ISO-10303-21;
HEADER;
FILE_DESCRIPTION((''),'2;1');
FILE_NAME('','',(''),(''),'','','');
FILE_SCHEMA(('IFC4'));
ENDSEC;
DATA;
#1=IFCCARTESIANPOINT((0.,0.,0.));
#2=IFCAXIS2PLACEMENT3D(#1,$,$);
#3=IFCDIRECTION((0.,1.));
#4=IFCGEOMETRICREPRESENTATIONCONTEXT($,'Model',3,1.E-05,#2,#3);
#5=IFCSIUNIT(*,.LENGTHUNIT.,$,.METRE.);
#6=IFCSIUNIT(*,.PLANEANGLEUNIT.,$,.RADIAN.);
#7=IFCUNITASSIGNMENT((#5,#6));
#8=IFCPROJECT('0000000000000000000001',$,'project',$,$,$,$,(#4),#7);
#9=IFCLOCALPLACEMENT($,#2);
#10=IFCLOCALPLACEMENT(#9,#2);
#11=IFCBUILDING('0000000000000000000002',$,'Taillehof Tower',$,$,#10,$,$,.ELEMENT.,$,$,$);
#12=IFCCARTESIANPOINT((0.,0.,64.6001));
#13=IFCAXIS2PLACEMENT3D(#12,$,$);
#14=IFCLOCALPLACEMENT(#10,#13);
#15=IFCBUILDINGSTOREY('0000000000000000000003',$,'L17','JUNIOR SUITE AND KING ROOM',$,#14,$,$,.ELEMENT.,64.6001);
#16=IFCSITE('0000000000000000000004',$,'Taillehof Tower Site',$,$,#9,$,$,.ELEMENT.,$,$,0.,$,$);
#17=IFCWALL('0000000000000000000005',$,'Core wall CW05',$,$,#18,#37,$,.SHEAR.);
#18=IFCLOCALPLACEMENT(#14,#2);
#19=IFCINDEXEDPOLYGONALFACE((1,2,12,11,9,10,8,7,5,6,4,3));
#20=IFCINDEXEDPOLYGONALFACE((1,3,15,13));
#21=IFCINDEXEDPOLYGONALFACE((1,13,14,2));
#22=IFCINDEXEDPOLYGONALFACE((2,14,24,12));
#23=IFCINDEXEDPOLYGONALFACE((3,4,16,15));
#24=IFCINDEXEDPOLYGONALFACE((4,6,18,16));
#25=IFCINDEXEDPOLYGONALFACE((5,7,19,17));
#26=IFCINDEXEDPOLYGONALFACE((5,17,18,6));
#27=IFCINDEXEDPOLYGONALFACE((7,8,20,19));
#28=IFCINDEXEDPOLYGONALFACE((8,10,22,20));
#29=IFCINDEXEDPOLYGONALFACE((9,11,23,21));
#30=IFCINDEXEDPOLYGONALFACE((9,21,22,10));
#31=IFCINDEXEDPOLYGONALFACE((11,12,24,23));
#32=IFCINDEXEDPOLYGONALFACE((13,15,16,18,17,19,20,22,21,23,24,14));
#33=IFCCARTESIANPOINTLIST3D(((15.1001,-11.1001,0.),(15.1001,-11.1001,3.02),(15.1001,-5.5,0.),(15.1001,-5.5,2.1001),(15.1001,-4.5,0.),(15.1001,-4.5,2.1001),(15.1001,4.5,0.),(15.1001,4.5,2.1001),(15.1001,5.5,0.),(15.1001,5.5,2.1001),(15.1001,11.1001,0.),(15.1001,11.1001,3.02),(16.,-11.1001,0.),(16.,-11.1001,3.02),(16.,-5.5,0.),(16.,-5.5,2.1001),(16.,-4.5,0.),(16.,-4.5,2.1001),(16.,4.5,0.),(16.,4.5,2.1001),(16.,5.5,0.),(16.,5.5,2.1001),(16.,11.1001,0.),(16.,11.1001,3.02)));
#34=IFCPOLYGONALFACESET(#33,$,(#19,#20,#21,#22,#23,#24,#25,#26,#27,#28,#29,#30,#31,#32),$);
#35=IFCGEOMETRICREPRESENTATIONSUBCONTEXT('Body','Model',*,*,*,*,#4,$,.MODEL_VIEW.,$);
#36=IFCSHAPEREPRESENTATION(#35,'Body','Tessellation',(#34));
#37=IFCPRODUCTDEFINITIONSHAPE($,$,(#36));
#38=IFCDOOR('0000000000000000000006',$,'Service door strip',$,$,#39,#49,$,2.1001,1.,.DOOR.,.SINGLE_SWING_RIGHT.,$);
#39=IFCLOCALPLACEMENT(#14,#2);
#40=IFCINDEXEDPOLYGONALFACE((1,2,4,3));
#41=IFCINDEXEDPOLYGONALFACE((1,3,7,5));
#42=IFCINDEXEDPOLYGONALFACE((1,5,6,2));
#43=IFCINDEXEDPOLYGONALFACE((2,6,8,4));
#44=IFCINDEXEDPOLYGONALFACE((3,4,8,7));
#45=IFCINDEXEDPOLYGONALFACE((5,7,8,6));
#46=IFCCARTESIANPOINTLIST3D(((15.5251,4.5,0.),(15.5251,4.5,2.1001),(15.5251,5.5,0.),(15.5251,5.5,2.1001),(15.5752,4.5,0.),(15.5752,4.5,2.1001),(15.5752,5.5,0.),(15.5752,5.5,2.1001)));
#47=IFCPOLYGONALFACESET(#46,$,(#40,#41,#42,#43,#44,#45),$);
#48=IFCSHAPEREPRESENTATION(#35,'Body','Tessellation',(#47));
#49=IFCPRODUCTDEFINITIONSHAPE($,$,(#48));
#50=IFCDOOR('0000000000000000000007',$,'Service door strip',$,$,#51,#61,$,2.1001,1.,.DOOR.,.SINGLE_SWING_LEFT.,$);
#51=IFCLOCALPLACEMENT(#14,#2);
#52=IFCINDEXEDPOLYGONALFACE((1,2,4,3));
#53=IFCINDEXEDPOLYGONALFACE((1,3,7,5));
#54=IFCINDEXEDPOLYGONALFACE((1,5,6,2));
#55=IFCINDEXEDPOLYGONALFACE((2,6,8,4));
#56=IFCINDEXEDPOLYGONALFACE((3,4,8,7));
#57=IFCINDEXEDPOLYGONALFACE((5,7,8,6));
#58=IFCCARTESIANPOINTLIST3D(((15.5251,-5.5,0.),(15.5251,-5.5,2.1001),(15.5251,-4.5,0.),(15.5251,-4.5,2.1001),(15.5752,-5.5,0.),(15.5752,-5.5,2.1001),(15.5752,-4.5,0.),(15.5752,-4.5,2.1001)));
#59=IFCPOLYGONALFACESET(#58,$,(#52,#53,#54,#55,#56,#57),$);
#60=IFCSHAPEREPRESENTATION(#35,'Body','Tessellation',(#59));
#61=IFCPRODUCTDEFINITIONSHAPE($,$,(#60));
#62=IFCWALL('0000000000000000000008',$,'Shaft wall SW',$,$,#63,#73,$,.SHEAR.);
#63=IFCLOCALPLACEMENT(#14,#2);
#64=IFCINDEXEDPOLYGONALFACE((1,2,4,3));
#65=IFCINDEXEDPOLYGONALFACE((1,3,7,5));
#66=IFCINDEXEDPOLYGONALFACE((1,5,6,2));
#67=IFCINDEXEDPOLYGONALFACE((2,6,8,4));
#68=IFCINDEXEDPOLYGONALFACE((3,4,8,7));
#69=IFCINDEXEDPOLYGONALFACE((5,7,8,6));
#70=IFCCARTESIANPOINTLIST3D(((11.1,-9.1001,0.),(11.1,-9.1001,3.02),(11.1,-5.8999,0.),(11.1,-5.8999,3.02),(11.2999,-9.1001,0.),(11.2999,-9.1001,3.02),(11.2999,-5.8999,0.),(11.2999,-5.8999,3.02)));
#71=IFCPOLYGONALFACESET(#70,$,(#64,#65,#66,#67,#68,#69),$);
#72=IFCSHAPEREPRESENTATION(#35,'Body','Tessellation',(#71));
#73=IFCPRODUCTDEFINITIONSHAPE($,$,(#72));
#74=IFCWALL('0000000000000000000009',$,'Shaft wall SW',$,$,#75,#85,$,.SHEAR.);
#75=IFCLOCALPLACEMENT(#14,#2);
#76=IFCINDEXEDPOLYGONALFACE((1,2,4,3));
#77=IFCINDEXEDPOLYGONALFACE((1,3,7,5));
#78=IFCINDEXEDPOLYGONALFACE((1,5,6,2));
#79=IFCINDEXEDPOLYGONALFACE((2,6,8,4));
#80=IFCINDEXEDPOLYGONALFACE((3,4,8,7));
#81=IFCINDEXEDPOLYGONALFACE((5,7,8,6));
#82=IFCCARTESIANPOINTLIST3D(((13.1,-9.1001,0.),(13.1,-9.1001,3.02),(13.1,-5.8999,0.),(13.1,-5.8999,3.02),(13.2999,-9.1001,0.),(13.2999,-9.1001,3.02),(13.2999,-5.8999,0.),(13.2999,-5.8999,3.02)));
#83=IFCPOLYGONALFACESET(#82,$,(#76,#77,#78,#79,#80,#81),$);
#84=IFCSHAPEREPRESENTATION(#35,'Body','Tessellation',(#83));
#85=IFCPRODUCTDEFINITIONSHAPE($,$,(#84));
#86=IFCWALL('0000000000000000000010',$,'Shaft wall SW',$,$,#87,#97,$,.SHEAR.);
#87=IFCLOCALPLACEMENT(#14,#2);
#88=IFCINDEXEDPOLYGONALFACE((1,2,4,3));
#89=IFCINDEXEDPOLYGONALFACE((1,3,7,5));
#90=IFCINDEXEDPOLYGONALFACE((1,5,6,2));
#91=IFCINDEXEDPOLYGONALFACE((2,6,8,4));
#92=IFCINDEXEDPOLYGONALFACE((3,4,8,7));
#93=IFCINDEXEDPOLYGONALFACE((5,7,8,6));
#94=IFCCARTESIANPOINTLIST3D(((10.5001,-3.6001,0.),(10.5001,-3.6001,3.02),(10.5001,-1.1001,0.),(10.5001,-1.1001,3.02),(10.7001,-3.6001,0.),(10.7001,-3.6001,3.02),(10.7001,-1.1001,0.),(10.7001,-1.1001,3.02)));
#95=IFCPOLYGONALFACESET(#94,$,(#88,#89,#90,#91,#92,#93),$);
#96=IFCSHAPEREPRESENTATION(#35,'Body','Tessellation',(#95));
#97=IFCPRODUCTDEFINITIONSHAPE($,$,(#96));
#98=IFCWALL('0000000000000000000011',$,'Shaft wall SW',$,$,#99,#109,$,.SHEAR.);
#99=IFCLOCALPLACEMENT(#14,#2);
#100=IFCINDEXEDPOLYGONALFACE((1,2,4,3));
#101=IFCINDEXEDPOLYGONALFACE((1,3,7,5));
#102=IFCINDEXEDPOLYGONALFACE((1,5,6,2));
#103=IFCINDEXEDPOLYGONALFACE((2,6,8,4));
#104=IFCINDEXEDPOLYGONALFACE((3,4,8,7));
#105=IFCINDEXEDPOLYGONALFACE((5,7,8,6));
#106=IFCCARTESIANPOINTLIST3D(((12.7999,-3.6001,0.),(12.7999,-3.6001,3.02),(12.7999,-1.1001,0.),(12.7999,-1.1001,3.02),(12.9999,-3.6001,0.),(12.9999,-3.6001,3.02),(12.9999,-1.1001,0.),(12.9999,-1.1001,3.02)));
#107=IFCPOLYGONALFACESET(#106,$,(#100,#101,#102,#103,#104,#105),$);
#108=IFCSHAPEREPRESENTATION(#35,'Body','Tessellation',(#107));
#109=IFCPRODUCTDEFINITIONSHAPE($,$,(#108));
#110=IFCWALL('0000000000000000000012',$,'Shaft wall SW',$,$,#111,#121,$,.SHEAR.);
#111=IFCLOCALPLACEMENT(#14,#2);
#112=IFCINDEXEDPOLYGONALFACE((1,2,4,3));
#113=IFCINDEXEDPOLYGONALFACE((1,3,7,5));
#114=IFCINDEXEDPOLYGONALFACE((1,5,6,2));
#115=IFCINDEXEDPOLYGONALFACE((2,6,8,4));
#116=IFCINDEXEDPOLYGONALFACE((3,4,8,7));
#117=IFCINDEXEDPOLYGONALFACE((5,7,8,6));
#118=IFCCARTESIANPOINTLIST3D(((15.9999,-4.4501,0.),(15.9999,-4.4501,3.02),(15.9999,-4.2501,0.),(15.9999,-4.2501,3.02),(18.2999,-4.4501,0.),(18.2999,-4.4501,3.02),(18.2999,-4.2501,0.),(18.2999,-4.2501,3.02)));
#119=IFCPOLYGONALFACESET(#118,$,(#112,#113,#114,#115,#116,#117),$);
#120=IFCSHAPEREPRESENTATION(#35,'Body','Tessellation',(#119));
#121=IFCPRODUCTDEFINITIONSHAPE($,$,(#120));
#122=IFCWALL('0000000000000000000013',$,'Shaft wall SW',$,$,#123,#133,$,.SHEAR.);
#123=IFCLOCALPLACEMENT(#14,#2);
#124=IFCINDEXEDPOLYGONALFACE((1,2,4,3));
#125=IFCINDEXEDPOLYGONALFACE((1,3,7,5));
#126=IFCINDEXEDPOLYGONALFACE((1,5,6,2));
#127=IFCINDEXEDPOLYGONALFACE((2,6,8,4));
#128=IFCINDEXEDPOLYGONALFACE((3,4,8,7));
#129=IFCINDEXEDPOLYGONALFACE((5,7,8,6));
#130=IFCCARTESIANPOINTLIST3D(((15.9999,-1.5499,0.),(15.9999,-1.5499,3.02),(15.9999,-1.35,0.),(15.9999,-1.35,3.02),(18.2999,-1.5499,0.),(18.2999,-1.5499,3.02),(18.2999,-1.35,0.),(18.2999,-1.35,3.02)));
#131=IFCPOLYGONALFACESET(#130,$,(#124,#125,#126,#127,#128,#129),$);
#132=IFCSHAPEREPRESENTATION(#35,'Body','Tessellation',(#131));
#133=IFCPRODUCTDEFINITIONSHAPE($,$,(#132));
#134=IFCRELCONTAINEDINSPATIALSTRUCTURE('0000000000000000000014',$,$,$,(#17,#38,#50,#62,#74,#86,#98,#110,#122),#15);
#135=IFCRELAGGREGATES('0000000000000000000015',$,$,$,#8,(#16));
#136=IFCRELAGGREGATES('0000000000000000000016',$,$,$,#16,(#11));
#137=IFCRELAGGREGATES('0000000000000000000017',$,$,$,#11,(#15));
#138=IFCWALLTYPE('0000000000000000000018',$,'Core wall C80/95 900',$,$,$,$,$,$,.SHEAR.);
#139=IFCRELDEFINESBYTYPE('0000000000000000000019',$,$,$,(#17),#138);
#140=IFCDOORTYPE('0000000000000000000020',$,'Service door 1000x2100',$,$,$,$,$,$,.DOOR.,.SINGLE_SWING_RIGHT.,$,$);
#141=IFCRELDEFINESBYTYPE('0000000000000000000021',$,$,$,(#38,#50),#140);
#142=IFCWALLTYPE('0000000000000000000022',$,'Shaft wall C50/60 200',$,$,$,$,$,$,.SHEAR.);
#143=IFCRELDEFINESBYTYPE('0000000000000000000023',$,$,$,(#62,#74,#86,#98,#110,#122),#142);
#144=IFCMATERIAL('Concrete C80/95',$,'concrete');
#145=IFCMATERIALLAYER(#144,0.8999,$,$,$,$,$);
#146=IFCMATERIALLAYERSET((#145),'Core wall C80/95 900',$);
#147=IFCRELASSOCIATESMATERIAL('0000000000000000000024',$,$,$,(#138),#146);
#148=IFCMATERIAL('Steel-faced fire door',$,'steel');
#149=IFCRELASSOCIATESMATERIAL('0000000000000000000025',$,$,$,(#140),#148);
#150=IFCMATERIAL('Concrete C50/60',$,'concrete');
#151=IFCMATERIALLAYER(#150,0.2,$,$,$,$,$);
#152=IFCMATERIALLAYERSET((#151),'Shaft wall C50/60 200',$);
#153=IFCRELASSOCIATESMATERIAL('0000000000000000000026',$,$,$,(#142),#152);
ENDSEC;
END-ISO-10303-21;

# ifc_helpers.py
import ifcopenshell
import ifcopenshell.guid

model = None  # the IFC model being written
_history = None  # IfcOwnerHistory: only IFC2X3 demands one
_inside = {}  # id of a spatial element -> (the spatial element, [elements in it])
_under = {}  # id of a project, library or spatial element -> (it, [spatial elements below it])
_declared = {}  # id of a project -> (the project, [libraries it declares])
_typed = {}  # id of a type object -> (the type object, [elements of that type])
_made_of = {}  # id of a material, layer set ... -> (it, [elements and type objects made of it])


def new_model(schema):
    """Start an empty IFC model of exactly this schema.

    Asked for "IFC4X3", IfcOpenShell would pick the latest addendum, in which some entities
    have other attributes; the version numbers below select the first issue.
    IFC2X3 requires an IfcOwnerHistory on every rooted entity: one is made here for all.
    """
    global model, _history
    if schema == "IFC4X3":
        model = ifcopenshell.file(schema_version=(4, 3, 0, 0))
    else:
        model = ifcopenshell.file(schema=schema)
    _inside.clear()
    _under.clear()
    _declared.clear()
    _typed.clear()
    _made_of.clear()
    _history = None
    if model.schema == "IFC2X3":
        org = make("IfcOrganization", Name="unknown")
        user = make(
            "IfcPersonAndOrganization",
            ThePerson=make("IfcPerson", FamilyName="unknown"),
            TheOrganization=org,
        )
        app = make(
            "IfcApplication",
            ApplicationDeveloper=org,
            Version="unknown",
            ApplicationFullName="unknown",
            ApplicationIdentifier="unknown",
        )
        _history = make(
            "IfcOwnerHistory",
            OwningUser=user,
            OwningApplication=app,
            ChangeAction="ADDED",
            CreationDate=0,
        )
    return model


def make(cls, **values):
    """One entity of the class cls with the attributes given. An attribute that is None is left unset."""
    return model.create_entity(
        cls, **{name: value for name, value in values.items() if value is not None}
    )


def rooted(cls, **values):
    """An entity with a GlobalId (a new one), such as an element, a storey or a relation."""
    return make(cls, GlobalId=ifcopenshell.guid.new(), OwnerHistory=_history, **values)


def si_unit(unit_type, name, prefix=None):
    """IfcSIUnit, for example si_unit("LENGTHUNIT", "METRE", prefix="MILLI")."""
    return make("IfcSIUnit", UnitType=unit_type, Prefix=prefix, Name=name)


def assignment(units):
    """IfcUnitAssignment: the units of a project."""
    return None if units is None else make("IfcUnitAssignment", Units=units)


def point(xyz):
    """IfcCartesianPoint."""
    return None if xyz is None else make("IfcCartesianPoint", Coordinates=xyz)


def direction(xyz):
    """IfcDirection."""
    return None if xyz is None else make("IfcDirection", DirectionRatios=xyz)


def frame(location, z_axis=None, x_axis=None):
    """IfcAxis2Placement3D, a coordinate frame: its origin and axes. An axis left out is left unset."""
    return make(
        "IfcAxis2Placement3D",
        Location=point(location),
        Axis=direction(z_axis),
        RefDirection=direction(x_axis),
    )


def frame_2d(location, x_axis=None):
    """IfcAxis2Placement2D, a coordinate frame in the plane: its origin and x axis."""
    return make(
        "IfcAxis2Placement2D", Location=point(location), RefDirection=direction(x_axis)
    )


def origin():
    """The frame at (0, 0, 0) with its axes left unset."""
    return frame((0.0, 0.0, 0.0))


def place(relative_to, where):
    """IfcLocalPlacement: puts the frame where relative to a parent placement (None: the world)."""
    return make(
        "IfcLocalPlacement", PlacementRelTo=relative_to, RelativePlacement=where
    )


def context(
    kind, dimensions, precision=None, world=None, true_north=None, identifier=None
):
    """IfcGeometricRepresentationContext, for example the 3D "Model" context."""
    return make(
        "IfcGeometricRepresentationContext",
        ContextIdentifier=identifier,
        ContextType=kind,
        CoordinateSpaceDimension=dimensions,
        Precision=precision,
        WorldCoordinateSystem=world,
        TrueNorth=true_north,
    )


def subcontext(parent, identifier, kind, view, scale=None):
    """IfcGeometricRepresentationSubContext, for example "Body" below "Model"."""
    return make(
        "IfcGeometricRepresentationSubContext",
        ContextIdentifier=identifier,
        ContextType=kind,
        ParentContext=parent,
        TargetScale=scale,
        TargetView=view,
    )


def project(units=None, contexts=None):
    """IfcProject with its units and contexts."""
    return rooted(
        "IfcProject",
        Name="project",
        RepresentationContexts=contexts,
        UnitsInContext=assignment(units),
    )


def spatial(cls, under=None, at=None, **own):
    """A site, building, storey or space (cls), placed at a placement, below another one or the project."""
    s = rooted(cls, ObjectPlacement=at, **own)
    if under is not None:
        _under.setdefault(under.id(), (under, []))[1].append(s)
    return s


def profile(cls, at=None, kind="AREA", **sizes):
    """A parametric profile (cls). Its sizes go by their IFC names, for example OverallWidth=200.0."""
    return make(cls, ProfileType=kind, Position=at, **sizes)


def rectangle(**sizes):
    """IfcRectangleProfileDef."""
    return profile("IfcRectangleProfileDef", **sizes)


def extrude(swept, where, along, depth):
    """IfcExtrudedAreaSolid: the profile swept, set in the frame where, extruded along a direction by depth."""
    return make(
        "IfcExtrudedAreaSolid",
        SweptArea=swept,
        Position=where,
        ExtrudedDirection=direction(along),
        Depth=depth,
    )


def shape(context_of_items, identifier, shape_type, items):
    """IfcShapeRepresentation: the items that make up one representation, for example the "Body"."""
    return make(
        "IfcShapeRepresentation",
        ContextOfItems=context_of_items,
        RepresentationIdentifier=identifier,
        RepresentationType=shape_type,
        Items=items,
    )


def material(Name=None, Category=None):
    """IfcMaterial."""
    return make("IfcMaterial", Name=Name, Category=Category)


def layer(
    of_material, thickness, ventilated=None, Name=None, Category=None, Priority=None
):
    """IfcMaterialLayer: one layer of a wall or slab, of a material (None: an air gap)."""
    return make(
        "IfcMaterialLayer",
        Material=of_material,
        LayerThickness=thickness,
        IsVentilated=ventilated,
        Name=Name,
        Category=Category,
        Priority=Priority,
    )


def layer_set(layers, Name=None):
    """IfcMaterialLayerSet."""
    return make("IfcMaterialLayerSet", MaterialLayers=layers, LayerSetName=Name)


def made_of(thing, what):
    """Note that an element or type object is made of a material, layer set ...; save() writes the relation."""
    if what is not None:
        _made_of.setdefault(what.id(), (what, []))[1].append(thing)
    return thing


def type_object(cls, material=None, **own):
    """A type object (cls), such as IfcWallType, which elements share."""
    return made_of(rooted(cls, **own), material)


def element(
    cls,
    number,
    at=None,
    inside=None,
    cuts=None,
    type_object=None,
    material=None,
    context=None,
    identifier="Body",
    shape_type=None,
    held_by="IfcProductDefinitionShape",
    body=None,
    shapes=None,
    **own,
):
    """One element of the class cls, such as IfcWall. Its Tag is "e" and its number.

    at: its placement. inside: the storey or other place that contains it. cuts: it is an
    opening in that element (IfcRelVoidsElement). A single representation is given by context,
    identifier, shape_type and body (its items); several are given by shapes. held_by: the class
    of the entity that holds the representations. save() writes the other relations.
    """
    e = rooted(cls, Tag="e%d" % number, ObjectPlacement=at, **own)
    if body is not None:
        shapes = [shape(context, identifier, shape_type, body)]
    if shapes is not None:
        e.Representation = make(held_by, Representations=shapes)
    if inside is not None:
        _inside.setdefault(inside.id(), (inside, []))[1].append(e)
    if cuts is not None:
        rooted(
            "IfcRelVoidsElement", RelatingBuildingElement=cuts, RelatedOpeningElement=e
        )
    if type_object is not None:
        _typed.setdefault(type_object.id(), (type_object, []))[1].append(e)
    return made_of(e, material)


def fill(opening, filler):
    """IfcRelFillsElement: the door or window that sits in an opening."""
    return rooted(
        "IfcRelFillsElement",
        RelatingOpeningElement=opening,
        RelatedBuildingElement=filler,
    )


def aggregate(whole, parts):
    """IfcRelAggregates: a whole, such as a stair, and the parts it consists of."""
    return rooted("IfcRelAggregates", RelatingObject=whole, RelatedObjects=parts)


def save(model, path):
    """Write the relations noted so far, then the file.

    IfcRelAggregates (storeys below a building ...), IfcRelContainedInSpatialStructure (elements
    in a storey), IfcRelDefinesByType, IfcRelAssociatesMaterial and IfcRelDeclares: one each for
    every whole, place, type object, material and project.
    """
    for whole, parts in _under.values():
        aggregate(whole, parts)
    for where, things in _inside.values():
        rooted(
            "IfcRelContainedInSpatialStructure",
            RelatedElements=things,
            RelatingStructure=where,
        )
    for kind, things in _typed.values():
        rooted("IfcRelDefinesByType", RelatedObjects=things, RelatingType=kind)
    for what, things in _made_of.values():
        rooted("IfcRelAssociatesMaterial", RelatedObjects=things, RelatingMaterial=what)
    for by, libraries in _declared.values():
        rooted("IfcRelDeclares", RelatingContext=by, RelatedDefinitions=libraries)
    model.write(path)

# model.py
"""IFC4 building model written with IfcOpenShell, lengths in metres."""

from ifc_helpers import new_model, si_unit, direction, frame, frame_2d, origin, place, context, subcontext, project, spatial, rectangle, extrude, material, layer, layer_set, type_object, element, fill, save


model = new_model("IFC4")

# Units and contexts
model_context = context("Model", 3, precision=1e-05, world=origin(), true_north=direction((0.0, 1.0)))
body_context = subcontext(model_context, "Body", "Model", "MODEL_VIEW")
ifc_project = project(units=[si_unit("LENGTHUNIT", "METRE"), si_unit("PLANEANGLEUNIT", "RADIAN")], contexts=[model_context])

# Site, building, storey
site_placement = place(None, origin())
site = spatial("IfcSite", under=ifc_project, at=site_placement, Name="Taillehof Tower Site", CompositionType="ELEMENT", RefElevation=0.0)
building_placement = place(site_placement, origin())
building = spatial("IfcBuilding", under=site, at=building_placement, Name="Taillehof Tower", CompositionType="ELEMENT")
storey_placement = place(building_placement, frame((0.0, 0.0, 64.6001)))
storey = spatial("IfcBuildingStorey", under=building, at=storey_placement, Name="L17", Description="JUNIOR SUITE AND KING ROOM", CompositionType="ELEMENT", Elevation=64.6001)

# Wall, openings, doors
ifc_material_1 = material(Name="Concrete C80/95", Category="concrete")
ifc_layer_1 = layer(ifc_material_1, 0.8999)
ifc_layer_set_1 = layer_set([ifc_layer_1], Name="Core wall C80/95 900")
wall_type_1 = type_object("IfcWallType", Name="Core wall C80/95 900", PredefinedType="SHEAR", material=ifc_layer_set_1)
wall_1_placement = place(storey_placement, frame((15.55, -11.1001, 0.0), z_axis=(0.0, 0.0, 1.0), x_axis=(0.0, 1.0, 0.0)))
wall_1 = element("IfcWall", 1, at=wall_1_placement, inside=storey, type_object=wall_type_1, Name="Core wall CW05", PredefinedType="SHEAR", context=body_context, shape_type="SweptSolid", body=[
    extrude(rectangle(XDim=22.2002, YDim=0.8999, at=frame_2d((11.1001, 0.0))), origin(), (0.0, 0.0, 1.0), 3.02),
])
opening_1_placement = place(wall_1_placement, frame((15.6001, 0.0, 0.0)))
opening_1 = element("IfcOpeningElement", 2, at=opening_1_placement, cuts=wall_1, PredefinedType="OPENING", context=body_context, shape_type="SweptSolid", body=[
    extrude(rectangle(XDim=1.0, YDim=2.1001, at=frame_2d((0.5, 1.05))), frame((0.0, 0.46, 0.0), z_axis=(0.0, -1.0, 0.0), x_axis=(1.0, 0.0, 0.0)), (0.0, 0.0, 1.0), 0.9199),
])
opening_2_placement = place(wall_1_placement, frame((5.6001, 0.0, 0.0)))
opening_2 = element("IfcOpeningElement", 3, at=opening_2_placement, cuts=wall_1, PredefinedType="OPENING", context=body_context, shape_type="SweptSolid", body=[
    extrude(rectangle(XDim=1.0, YDim=2.1001, at=frame_2d((0.5, 1.05))), frame((0.0, 0.46, 0.0), z_axis=(0.0, -1.0, 0.0), x_axis=(1.0, 0.0, 0.0)), (0.0, 0.0, 1.0), 0.9199),
])
ifc_material_2 = material(Name="Steel-faced fire door", Category="steel")
door_type_1 = type_object("IfcDoorType", Name="Service door 1000x2100", OperationType="SINGLE_SWING_RIGHT", PredefinedType="DOOR", material=ifc_material_2)
door_1_placement = place(opening_1_placement, origin())
door_1 = element("IfcDoor", 4, at=door_1_placement, inside=storey, type_object=door_type_1, Name="Service door strip", OperationType="SINGLE_SWING_RIGHT", OverallHeight=2.1001, OverallWidth=1.0, PredefinedType="DOOR", context=body_context, shape_type="SweptSolid", body=[
    extrude(rectangle(XDim=1.0, YDim=2.1001, at=frame_2d((0.5, 1.05))), frame((0.0, 0.0249, 0.0), z_axis=(0.0, -1.0, 0.0), x_axis=(1.0, 0.0, 0.0)), (0.0, 0.0, 1.0), 0.05),
])
fill(opening_1, door_1)
door_2_placement = place(opening_2_placement, origin())
door_2 = element("IfcDoor", 5, at=door_2_placement, inside=storey, type_object=door_type_1, Name="Service door strip", OperationType="SINGLE_SWING_LEFT", OverallHeight=2.1001, OverallWidth=1.0, PredefinedType="DOOR", context=body_context, shape_type="SweptSolid", body=[
    extrude(rectangle(XDim=1.0, YDim=2.1001, at=frame_2d((0.5, 1.05))), frame((0.0, 0.0249, 0.0), z_axis=(0.0, -1.0, 0.0), x_axis=(1.0, 0.0, 0.0)), (0.0, 0.0, 1.0), 0.05),
])
fill(opening_2, door_2)

# Walls
ifc_material_3 = material(Name="Concrete C50/60", Category="concrete")
ifc_layer_2 = layer(ifc_material_3, 0.2)
ifc_layer_set_2 = layer_set([ifc_layer_2], Name="Shaft wall C50/60 200")
wall_type_2 = type_object("IfcWallType", Name="Shaft wall C50/60 200", PredefinedType="SHEAR", material=ifc_layer_set_2)
for number, where, z_axis, x_axis, name in (
    (6, (11.2, -9.1001, 0.0), (0.0, 0.0, 1.0), (0.0, 1.0, 0.0), "Shaft wall SW"),
    (7, (13.2, -9.1001, 0.0), (0.0, 0.0, 1.0), (0.0, 1.0, 0.0), "Shaft wall SW"),
):
    element("IfcWall", number, at=place(storey_placement, frame(where, z_axis=z_axis, x_axis=x_axis)), inside=storey, type_object=wall_type_2, Name=name, PredefinedType="SHEAR", context=body_context, shape_type="SweptSolid", body=[
        extrude(rectangle(XDim=3.2002, YDim=0.2, at=frame_2d((1.6001, 0.0))), origin(), (0.0, 0.0, 1.0), 3.02),
    ])
for number, where, z_axis, x_axis, name in (
    (8, (10.6001, -3.6001, 0.0), (0.0, 0.0, 1.0), (0.0, 1.0, 0.0), "Shaft wall SW"),
    (9, (12.8999, -3.6001, 0.0), (0.0, 0.0, 1.0), (0.0, 1.0, 0.0), "Shaft wall SW"),
):
    element("IfcWall", number, at=place(storey_placement, frame(where, z_axis=z_axis, x_axis=x_axis)), inside=storey, type_object=wall_type_2, Name=name, PredefinedType="SHEAR", context=body_context, shape_type="SweptSolid", body=[
        extrude(rectangle(XDim=2.5, YDim=0.2, at=frame_2d((1.25, 0.0))), origin(), (0.0, 0.0, 1.0), 3.02),
    ])
for number, where, z_axis, x_axis, name in (
    (10, (16.0, -4.3501, 0.0), (0.0, 0.0, 1.0), (1.0, 0.0, 0.0), "Shaft wall SW"),
    (11, (16.0, -1.45, 0.0), (0.0, 0.0, 1.0), (1.0, 0.0, 0.0), "Shaft wall SW"),
):
    element("IfcWall", number, at=place(storey_placement, frame(where, z_axis=z_axis, x_axis=x_axis)), inside=storey, type_object=wall_type_2, Name=name, PredefinedType="SHEAR", context=body_context, shape_type="SweptSolid", body=[
        extrude(rectangle(XDim=2.3, YDim=0.2, at=frame_2d((1.1499, 0.0))), origin(), (0.0, 0.0, 1.0), 3.02),
    ])

save(model, "model.ifc")
